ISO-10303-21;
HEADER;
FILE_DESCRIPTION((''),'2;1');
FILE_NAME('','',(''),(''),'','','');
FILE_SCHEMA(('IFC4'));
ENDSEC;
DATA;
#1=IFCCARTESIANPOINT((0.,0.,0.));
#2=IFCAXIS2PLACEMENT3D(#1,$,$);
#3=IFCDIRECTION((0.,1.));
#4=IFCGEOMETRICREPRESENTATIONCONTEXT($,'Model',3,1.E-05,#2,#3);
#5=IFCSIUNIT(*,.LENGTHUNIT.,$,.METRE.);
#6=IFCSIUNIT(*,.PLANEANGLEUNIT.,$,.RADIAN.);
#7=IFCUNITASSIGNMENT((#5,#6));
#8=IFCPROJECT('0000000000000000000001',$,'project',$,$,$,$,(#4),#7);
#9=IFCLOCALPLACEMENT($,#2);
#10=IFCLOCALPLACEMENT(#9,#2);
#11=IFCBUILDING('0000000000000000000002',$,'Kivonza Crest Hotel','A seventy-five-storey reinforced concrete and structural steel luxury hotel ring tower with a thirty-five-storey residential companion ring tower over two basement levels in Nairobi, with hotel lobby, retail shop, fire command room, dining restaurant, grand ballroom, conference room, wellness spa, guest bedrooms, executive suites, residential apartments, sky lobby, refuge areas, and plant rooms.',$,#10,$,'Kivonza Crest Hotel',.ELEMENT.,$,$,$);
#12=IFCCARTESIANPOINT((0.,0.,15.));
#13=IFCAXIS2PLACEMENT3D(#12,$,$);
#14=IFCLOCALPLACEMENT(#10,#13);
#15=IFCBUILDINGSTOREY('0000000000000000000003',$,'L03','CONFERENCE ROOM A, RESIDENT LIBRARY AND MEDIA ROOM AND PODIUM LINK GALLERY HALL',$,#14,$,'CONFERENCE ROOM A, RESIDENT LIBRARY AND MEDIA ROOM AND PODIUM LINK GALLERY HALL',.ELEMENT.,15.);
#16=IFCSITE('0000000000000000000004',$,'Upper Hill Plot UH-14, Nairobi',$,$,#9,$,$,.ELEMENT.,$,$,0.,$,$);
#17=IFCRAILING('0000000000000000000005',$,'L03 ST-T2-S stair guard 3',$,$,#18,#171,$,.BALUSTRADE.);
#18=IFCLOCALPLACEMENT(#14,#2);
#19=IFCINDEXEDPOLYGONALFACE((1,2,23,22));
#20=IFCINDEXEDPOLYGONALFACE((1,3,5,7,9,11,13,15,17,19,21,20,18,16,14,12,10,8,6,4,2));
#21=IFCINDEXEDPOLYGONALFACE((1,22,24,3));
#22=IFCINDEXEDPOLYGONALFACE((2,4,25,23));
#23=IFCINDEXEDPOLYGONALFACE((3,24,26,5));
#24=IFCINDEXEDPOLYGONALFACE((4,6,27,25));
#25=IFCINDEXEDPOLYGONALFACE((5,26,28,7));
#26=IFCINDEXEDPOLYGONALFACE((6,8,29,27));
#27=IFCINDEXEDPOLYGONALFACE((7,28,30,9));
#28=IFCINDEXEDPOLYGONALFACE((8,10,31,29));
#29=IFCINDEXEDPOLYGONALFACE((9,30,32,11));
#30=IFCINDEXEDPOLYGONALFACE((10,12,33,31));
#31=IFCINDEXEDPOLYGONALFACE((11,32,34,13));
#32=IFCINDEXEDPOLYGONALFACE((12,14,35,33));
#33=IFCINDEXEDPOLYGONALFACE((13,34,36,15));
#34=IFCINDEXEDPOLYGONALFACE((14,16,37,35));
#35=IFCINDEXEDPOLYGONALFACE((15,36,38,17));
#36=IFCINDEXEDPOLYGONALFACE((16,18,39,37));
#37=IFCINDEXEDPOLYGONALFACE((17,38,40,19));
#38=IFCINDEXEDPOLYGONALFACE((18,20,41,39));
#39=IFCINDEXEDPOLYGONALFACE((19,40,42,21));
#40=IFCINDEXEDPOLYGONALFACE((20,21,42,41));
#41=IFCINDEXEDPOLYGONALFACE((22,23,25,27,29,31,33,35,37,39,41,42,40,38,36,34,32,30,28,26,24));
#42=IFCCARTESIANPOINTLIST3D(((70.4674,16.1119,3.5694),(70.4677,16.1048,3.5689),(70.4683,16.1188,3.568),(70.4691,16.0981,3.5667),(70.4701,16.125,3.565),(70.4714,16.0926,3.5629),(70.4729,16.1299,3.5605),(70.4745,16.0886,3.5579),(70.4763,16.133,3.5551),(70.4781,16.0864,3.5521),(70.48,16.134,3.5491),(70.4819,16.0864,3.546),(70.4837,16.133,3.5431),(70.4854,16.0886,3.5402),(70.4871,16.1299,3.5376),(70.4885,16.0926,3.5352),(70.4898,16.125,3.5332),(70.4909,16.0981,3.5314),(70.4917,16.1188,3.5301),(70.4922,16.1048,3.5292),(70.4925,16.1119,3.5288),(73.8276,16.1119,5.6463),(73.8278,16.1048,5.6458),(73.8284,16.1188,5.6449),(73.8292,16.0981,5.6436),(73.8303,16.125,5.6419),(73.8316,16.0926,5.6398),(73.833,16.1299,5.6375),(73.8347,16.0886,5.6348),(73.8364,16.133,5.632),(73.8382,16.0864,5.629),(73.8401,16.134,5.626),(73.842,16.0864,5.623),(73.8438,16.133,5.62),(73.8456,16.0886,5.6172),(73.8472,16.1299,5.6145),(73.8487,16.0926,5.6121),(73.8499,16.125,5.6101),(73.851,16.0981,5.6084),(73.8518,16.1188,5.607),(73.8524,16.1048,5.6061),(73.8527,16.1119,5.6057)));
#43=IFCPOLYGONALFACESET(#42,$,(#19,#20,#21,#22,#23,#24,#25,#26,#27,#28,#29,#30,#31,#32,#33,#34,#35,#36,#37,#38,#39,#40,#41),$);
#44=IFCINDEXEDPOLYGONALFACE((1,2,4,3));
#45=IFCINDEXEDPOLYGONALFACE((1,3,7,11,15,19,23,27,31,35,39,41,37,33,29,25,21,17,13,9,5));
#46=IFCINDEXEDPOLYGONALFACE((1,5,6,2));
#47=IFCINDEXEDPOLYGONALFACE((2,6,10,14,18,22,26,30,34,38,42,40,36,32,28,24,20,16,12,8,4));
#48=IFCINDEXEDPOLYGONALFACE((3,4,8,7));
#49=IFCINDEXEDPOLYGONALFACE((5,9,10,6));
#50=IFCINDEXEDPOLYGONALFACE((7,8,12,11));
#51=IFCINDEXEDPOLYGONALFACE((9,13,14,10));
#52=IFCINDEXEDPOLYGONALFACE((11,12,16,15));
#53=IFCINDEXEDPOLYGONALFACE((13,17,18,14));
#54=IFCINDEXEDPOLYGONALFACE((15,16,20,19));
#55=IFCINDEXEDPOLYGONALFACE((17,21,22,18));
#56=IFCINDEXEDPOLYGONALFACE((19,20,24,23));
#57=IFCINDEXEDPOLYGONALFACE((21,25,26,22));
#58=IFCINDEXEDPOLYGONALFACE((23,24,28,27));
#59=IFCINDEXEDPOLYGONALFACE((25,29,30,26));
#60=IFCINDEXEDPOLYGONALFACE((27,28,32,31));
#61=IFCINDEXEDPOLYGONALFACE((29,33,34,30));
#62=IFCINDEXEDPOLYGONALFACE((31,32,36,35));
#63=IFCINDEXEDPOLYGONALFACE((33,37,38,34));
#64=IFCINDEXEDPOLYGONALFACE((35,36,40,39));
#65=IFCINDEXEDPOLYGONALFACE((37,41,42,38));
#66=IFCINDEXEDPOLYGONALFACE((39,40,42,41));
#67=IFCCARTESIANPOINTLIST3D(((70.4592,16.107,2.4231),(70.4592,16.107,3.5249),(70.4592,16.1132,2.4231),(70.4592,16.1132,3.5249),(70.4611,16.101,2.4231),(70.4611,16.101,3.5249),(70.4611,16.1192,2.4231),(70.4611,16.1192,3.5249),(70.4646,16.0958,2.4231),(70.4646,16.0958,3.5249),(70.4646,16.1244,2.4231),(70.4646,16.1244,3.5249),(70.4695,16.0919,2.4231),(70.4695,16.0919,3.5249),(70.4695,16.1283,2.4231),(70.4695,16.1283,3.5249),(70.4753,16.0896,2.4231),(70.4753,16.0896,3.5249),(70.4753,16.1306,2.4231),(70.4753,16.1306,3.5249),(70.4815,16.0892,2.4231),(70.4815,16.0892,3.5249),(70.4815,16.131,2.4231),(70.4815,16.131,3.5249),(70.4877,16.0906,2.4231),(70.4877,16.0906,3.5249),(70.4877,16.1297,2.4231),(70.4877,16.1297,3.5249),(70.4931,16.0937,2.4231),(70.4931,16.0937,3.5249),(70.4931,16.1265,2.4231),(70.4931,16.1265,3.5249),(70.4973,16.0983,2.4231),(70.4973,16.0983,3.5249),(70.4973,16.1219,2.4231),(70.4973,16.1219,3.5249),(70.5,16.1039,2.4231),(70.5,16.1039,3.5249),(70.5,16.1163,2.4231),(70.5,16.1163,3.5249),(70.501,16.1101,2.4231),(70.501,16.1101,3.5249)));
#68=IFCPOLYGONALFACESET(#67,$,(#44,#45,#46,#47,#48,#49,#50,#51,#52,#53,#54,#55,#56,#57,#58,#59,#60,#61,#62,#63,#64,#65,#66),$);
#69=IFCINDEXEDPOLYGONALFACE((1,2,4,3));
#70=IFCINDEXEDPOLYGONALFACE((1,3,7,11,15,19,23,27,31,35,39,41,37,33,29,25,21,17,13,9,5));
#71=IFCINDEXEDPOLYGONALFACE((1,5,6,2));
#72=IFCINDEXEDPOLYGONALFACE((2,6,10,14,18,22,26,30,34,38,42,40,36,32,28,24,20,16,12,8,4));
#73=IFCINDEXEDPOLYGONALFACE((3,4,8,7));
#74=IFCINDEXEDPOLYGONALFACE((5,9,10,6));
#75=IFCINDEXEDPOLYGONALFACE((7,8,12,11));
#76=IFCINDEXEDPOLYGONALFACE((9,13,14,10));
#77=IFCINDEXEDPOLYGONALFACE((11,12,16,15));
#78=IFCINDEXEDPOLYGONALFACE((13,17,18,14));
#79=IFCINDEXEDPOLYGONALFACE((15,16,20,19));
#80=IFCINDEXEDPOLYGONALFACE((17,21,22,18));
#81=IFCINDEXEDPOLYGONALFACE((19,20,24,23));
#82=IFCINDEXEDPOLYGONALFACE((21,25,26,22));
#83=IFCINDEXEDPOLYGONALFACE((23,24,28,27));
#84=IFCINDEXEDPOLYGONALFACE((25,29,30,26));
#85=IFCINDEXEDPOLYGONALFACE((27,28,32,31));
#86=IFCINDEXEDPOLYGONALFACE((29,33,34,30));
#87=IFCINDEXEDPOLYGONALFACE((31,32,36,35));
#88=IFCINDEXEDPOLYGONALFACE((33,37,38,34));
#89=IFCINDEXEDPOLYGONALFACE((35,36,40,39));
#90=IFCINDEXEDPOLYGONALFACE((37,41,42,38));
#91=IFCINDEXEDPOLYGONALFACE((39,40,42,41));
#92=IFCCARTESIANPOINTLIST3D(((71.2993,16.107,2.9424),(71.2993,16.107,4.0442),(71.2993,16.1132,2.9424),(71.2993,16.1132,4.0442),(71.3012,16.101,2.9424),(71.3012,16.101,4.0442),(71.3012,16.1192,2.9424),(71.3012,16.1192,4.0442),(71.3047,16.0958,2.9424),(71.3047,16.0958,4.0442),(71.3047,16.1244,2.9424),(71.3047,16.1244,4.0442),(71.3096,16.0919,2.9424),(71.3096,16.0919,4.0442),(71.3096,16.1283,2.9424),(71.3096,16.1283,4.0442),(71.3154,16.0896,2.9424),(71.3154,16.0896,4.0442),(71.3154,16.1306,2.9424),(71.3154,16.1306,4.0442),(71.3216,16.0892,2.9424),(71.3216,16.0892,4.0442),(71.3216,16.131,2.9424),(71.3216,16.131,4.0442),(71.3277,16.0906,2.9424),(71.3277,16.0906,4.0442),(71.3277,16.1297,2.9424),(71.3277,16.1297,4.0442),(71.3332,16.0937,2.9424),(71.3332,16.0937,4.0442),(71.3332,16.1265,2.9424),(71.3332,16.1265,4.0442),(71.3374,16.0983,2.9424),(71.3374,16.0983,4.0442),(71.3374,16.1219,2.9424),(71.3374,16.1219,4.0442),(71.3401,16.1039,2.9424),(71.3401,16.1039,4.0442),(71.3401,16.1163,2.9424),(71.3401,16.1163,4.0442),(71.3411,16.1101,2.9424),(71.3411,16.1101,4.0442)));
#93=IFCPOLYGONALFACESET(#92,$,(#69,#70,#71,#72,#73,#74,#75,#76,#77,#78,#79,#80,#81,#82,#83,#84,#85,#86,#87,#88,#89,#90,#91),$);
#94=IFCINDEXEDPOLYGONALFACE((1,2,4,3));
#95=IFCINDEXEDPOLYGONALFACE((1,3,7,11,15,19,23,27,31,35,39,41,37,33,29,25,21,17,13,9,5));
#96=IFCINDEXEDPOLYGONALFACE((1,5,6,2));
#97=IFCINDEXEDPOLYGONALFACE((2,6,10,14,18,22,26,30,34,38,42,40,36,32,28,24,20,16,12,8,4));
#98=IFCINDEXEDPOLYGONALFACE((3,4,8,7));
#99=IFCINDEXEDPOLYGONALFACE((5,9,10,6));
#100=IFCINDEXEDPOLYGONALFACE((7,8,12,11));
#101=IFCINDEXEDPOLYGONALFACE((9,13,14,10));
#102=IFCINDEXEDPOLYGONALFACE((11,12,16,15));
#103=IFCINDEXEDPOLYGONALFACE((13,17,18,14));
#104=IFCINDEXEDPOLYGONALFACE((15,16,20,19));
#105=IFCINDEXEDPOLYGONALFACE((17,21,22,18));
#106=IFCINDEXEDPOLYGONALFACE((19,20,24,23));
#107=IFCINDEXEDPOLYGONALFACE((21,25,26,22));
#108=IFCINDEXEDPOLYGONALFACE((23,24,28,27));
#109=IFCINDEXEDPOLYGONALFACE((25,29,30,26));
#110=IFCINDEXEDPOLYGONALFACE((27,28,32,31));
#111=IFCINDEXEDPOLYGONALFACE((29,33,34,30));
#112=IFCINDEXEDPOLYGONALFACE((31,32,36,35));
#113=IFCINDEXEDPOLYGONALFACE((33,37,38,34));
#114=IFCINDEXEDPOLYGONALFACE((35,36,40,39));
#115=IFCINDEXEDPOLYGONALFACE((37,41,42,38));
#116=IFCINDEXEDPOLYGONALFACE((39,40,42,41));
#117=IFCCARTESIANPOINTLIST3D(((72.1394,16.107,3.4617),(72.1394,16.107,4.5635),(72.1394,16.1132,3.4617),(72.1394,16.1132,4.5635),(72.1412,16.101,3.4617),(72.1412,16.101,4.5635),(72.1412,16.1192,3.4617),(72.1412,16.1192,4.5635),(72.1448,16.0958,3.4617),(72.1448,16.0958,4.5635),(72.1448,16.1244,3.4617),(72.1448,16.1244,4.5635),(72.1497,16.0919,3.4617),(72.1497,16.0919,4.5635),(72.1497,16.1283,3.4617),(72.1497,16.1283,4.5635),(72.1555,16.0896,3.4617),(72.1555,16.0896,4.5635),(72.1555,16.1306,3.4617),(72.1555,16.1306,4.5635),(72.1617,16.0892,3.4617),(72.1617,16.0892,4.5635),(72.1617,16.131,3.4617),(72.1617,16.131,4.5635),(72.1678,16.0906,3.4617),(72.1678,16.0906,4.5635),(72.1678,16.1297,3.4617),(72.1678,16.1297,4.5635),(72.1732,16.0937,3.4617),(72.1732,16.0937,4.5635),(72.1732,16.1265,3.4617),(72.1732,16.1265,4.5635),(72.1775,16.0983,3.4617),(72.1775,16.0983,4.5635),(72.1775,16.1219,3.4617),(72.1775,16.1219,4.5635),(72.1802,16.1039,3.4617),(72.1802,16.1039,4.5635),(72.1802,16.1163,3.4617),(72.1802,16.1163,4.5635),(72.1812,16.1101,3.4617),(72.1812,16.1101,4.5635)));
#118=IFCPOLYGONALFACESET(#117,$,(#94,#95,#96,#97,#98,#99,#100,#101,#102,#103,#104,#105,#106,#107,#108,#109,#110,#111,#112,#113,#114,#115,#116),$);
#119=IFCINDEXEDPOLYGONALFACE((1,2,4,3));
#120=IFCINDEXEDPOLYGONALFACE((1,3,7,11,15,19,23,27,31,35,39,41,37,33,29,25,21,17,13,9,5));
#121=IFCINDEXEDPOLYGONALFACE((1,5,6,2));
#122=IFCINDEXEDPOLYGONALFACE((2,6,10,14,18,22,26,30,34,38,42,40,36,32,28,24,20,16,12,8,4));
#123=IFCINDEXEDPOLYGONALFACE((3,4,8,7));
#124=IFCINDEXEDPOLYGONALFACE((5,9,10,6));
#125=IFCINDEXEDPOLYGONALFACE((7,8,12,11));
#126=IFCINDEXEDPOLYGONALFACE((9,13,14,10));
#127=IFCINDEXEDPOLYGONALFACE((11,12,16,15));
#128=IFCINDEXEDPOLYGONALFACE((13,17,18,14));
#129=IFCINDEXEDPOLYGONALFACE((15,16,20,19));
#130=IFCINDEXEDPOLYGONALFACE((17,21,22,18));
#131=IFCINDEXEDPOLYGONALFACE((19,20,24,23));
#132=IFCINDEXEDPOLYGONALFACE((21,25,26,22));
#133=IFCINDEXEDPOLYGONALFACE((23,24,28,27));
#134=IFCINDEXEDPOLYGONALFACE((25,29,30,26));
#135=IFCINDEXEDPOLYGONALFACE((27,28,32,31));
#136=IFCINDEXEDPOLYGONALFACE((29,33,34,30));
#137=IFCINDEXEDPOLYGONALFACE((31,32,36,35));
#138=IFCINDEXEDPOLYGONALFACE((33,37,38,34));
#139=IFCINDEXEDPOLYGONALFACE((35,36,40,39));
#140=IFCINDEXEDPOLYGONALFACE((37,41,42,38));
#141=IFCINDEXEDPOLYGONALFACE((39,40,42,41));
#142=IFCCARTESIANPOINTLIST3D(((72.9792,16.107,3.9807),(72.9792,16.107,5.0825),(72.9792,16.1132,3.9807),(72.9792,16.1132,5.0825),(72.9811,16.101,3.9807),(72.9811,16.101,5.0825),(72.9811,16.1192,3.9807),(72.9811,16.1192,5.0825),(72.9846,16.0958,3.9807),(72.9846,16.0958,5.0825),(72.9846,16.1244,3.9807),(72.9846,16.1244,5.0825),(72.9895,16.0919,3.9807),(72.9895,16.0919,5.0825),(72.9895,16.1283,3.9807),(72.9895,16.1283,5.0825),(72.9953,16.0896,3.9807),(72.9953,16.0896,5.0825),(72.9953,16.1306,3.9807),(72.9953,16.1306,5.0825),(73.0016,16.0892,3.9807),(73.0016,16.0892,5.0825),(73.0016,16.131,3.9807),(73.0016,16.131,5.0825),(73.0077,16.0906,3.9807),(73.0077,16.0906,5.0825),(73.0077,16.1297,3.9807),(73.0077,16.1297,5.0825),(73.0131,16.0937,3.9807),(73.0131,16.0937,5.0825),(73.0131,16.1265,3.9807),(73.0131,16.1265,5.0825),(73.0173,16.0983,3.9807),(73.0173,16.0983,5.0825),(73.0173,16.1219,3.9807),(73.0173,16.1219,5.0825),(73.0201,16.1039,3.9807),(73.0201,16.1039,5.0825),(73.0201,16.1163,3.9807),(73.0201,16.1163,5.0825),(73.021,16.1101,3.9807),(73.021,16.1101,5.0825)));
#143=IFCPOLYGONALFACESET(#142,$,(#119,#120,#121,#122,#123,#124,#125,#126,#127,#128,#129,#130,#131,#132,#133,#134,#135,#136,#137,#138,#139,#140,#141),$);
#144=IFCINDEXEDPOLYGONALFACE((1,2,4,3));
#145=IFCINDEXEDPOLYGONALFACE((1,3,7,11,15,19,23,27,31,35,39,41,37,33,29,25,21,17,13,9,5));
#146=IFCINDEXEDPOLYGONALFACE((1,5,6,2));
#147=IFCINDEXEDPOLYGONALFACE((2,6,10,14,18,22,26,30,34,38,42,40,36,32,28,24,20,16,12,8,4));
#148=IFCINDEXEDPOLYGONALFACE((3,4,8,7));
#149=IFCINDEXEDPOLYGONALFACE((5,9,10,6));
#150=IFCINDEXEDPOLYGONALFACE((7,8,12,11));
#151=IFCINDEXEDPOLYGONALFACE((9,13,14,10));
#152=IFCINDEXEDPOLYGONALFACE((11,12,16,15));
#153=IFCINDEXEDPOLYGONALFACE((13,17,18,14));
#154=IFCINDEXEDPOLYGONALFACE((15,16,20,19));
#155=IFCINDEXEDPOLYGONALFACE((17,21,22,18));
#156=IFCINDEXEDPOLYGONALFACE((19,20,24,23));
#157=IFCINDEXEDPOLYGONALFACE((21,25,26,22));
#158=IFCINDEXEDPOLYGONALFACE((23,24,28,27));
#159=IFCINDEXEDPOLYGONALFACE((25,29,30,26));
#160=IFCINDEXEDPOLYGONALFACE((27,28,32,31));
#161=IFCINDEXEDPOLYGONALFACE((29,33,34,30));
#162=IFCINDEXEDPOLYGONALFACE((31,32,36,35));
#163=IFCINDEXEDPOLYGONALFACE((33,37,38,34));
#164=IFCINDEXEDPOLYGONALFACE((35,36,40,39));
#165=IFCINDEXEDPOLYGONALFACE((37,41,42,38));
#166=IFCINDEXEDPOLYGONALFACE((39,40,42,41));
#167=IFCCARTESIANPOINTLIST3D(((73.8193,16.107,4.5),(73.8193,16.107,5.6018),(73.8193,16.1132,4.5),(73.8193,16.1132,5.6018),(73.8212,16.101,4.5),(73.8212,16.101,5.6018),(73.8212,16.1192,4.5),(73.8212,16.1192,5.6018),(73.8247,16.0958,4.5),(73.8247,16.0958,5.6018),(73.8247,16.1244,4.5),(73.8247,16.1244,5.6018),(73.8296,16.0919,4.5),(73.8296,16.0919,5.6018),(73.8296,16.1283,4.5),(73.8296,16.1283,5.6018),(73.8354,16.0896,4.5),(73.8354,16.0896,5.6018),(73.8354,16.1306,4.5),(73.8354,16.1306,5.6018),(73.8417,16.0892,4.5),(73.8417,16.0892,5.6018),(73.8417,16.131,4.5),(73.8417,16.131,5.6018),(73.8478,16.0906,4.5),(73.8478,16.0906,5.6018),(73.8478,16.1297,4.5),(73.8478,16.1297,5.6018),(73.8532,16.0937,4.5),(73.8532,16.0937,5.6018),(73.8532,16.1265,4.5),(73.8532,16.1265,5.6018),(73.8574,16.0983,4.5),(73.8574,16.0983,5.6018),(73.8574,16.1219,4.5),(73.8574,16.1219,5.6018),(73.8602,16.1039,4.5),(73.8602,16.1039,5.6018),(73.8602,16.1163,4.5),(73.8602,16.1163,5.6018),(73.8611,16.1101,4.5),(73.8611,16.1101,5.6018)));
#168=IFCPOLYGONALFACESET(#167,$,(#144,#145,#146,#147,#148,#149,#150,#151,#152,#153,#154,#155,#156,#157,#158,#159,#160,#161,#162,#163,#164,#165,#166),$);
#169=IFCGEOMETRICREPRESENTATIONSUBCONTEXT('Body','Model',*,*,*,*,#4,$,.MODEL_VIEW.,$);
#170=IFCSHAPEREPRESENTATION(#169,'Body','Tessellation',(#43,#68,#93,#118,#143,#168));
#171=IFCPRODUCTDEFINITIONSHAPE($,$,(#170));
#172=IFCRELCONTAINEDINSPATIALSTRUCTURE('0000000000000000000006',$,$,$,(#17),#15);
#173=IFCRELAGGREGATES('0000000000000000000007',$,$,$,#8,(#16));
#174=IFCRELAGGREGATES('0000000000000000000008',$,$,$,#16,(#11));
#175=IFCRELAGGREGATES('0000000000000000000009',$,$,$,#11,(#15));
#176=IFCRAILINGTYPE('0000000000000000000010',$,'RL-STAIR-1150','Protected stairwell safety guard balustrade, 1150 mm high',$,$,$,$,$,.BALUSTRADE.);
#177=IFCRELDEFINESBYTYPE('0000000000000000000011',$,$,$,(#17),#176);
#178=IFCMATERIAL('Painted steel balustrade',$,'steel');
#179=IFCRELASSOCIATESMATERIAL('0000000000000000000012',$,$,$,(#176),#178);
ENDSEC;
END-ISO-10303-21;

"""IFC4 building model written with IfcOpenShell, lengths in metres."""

from ifc_helpers import new_model, si_unit, direction, frame, origin, origin_2d, place, context, subcontext, project, spatial, circle, extrude, material, type_object, element, save


model = new_model("IFC4")

# Units and contexts
model_context = context("Model", 3, precision=1e-05, world=origin(), true_north=direction((0.0, 1.0)))
body_context = subcontext(model_context, "Body", "Model", "MODEL_VIEW")
ifc_project = project(units=[si_unit("LENGTHUNIT", "METRE"), si_unit("PLANEANGLEUNIT", "RADIAN")], contexts=[model_context])

# Site, building, storey
site_placement = place(None, origin())
site = spatial("IfcSite", under=ifc_project, at=site_placement, Name="Upper Hill Plot UH-14, Nairobi", CompositionType="ELEMENT", RefElevation=0.0)
building_placement = place(site_placement, origin())
building = spatial("IfcBuilding", under=site, at=building_placement, Name="Kivonza Crest Hotel", Description="A seventy-five-storey reinforced concrete and structural steel luxury hotel ring tower with a thirty-five-storey residential companion ring tower over two basement levels in Nairobi, with hotel lobby, retail shop, fire command room, dining restaurant, grand ballroom, conference room, wellness spa, guest bedrooms, executive suites, residential apartments, sky lobby, refuge areas, and plant rooms.", LongName="Kivonza Crest Hotel", CompositionType="ELEMENT")
storey_placement = place(building_placement, frame((0.0, 0.0, 15.0)))
storey = spatial("IfcBuildingStorey", under=building, at=storey_placement, Name="L03", Description="CONFERENCE ROOM A, RESIDENT LIBRARY AND MEDIA ROOM AND PODIUM LINK GALLERY HALL", LongName="CONFERENCE ROOM A, RESIDENT LIBRARY AND MEDIA ROOM AND PODIUM LINK GALLERY HALL", CompositionType="ELEMENT", Elevation=15.0)

# Railing
ifc_material_1 = material(Name="Painted steel balustrade", Category="steel")
railing_type_1 = type_object("IfcRailingType", Name="RL-STAIR-1150", Description="Protected stairwell safety guard balustrade, 1150 mm high", PredefinedType="BALUSTRADE", material=ifc_material_1)
railing_1_placement = place(storey_placement, frame((70.48, 16.1101, 2.4231)))
element("IfcRailing", 1, at=railing_1_placement, inside=storey, type_object=railing_type_1, Name="L03 ST-T2-S stair guard 3", PredefinedType="BALUSTRADE", context=body_context, shape_type="SweptSolid", body=[
    extrude(circle(Radius=0.0239, at=origin_2d()), frame((0.0, 0.0, 1.126), z_axis=(0.850623, 0.0, 0.525776), x_axis=(0.0, 1.0, 0.0)), (0.0, 0.0, 1.0), 3.9502),
    extrude(circle(Radius=0.021, at=origin_2d()), origin(), (0.0, 0.0, 1.0), 1.1018),
    extrude(circle(Radius=0.021, at=origin_2d()), frame((0.8401, 0.0, 0.5193)), (0.0, 0.0, 1.0), 1.1018),
    extrude(circle(Radius=0.021, at=origin_2d()), frame((1.6802, 0.0, 1.0386)), (0.0, 0.0, 1.0), 1.1018),
    extrude(circle(Radius=0.021, at=origin_2d()), frame((2.52, 0.0, 1.5576)), (0.0, 0.0, 1.0), 1.1018),
    extrude(circle(Radius=0.021, at=origin_2d()), frame((3.3601, 0.0, 2.0769)), (0.0, 0.0, 1.0), 1.1018),
])

save(model, "model.ifc")
